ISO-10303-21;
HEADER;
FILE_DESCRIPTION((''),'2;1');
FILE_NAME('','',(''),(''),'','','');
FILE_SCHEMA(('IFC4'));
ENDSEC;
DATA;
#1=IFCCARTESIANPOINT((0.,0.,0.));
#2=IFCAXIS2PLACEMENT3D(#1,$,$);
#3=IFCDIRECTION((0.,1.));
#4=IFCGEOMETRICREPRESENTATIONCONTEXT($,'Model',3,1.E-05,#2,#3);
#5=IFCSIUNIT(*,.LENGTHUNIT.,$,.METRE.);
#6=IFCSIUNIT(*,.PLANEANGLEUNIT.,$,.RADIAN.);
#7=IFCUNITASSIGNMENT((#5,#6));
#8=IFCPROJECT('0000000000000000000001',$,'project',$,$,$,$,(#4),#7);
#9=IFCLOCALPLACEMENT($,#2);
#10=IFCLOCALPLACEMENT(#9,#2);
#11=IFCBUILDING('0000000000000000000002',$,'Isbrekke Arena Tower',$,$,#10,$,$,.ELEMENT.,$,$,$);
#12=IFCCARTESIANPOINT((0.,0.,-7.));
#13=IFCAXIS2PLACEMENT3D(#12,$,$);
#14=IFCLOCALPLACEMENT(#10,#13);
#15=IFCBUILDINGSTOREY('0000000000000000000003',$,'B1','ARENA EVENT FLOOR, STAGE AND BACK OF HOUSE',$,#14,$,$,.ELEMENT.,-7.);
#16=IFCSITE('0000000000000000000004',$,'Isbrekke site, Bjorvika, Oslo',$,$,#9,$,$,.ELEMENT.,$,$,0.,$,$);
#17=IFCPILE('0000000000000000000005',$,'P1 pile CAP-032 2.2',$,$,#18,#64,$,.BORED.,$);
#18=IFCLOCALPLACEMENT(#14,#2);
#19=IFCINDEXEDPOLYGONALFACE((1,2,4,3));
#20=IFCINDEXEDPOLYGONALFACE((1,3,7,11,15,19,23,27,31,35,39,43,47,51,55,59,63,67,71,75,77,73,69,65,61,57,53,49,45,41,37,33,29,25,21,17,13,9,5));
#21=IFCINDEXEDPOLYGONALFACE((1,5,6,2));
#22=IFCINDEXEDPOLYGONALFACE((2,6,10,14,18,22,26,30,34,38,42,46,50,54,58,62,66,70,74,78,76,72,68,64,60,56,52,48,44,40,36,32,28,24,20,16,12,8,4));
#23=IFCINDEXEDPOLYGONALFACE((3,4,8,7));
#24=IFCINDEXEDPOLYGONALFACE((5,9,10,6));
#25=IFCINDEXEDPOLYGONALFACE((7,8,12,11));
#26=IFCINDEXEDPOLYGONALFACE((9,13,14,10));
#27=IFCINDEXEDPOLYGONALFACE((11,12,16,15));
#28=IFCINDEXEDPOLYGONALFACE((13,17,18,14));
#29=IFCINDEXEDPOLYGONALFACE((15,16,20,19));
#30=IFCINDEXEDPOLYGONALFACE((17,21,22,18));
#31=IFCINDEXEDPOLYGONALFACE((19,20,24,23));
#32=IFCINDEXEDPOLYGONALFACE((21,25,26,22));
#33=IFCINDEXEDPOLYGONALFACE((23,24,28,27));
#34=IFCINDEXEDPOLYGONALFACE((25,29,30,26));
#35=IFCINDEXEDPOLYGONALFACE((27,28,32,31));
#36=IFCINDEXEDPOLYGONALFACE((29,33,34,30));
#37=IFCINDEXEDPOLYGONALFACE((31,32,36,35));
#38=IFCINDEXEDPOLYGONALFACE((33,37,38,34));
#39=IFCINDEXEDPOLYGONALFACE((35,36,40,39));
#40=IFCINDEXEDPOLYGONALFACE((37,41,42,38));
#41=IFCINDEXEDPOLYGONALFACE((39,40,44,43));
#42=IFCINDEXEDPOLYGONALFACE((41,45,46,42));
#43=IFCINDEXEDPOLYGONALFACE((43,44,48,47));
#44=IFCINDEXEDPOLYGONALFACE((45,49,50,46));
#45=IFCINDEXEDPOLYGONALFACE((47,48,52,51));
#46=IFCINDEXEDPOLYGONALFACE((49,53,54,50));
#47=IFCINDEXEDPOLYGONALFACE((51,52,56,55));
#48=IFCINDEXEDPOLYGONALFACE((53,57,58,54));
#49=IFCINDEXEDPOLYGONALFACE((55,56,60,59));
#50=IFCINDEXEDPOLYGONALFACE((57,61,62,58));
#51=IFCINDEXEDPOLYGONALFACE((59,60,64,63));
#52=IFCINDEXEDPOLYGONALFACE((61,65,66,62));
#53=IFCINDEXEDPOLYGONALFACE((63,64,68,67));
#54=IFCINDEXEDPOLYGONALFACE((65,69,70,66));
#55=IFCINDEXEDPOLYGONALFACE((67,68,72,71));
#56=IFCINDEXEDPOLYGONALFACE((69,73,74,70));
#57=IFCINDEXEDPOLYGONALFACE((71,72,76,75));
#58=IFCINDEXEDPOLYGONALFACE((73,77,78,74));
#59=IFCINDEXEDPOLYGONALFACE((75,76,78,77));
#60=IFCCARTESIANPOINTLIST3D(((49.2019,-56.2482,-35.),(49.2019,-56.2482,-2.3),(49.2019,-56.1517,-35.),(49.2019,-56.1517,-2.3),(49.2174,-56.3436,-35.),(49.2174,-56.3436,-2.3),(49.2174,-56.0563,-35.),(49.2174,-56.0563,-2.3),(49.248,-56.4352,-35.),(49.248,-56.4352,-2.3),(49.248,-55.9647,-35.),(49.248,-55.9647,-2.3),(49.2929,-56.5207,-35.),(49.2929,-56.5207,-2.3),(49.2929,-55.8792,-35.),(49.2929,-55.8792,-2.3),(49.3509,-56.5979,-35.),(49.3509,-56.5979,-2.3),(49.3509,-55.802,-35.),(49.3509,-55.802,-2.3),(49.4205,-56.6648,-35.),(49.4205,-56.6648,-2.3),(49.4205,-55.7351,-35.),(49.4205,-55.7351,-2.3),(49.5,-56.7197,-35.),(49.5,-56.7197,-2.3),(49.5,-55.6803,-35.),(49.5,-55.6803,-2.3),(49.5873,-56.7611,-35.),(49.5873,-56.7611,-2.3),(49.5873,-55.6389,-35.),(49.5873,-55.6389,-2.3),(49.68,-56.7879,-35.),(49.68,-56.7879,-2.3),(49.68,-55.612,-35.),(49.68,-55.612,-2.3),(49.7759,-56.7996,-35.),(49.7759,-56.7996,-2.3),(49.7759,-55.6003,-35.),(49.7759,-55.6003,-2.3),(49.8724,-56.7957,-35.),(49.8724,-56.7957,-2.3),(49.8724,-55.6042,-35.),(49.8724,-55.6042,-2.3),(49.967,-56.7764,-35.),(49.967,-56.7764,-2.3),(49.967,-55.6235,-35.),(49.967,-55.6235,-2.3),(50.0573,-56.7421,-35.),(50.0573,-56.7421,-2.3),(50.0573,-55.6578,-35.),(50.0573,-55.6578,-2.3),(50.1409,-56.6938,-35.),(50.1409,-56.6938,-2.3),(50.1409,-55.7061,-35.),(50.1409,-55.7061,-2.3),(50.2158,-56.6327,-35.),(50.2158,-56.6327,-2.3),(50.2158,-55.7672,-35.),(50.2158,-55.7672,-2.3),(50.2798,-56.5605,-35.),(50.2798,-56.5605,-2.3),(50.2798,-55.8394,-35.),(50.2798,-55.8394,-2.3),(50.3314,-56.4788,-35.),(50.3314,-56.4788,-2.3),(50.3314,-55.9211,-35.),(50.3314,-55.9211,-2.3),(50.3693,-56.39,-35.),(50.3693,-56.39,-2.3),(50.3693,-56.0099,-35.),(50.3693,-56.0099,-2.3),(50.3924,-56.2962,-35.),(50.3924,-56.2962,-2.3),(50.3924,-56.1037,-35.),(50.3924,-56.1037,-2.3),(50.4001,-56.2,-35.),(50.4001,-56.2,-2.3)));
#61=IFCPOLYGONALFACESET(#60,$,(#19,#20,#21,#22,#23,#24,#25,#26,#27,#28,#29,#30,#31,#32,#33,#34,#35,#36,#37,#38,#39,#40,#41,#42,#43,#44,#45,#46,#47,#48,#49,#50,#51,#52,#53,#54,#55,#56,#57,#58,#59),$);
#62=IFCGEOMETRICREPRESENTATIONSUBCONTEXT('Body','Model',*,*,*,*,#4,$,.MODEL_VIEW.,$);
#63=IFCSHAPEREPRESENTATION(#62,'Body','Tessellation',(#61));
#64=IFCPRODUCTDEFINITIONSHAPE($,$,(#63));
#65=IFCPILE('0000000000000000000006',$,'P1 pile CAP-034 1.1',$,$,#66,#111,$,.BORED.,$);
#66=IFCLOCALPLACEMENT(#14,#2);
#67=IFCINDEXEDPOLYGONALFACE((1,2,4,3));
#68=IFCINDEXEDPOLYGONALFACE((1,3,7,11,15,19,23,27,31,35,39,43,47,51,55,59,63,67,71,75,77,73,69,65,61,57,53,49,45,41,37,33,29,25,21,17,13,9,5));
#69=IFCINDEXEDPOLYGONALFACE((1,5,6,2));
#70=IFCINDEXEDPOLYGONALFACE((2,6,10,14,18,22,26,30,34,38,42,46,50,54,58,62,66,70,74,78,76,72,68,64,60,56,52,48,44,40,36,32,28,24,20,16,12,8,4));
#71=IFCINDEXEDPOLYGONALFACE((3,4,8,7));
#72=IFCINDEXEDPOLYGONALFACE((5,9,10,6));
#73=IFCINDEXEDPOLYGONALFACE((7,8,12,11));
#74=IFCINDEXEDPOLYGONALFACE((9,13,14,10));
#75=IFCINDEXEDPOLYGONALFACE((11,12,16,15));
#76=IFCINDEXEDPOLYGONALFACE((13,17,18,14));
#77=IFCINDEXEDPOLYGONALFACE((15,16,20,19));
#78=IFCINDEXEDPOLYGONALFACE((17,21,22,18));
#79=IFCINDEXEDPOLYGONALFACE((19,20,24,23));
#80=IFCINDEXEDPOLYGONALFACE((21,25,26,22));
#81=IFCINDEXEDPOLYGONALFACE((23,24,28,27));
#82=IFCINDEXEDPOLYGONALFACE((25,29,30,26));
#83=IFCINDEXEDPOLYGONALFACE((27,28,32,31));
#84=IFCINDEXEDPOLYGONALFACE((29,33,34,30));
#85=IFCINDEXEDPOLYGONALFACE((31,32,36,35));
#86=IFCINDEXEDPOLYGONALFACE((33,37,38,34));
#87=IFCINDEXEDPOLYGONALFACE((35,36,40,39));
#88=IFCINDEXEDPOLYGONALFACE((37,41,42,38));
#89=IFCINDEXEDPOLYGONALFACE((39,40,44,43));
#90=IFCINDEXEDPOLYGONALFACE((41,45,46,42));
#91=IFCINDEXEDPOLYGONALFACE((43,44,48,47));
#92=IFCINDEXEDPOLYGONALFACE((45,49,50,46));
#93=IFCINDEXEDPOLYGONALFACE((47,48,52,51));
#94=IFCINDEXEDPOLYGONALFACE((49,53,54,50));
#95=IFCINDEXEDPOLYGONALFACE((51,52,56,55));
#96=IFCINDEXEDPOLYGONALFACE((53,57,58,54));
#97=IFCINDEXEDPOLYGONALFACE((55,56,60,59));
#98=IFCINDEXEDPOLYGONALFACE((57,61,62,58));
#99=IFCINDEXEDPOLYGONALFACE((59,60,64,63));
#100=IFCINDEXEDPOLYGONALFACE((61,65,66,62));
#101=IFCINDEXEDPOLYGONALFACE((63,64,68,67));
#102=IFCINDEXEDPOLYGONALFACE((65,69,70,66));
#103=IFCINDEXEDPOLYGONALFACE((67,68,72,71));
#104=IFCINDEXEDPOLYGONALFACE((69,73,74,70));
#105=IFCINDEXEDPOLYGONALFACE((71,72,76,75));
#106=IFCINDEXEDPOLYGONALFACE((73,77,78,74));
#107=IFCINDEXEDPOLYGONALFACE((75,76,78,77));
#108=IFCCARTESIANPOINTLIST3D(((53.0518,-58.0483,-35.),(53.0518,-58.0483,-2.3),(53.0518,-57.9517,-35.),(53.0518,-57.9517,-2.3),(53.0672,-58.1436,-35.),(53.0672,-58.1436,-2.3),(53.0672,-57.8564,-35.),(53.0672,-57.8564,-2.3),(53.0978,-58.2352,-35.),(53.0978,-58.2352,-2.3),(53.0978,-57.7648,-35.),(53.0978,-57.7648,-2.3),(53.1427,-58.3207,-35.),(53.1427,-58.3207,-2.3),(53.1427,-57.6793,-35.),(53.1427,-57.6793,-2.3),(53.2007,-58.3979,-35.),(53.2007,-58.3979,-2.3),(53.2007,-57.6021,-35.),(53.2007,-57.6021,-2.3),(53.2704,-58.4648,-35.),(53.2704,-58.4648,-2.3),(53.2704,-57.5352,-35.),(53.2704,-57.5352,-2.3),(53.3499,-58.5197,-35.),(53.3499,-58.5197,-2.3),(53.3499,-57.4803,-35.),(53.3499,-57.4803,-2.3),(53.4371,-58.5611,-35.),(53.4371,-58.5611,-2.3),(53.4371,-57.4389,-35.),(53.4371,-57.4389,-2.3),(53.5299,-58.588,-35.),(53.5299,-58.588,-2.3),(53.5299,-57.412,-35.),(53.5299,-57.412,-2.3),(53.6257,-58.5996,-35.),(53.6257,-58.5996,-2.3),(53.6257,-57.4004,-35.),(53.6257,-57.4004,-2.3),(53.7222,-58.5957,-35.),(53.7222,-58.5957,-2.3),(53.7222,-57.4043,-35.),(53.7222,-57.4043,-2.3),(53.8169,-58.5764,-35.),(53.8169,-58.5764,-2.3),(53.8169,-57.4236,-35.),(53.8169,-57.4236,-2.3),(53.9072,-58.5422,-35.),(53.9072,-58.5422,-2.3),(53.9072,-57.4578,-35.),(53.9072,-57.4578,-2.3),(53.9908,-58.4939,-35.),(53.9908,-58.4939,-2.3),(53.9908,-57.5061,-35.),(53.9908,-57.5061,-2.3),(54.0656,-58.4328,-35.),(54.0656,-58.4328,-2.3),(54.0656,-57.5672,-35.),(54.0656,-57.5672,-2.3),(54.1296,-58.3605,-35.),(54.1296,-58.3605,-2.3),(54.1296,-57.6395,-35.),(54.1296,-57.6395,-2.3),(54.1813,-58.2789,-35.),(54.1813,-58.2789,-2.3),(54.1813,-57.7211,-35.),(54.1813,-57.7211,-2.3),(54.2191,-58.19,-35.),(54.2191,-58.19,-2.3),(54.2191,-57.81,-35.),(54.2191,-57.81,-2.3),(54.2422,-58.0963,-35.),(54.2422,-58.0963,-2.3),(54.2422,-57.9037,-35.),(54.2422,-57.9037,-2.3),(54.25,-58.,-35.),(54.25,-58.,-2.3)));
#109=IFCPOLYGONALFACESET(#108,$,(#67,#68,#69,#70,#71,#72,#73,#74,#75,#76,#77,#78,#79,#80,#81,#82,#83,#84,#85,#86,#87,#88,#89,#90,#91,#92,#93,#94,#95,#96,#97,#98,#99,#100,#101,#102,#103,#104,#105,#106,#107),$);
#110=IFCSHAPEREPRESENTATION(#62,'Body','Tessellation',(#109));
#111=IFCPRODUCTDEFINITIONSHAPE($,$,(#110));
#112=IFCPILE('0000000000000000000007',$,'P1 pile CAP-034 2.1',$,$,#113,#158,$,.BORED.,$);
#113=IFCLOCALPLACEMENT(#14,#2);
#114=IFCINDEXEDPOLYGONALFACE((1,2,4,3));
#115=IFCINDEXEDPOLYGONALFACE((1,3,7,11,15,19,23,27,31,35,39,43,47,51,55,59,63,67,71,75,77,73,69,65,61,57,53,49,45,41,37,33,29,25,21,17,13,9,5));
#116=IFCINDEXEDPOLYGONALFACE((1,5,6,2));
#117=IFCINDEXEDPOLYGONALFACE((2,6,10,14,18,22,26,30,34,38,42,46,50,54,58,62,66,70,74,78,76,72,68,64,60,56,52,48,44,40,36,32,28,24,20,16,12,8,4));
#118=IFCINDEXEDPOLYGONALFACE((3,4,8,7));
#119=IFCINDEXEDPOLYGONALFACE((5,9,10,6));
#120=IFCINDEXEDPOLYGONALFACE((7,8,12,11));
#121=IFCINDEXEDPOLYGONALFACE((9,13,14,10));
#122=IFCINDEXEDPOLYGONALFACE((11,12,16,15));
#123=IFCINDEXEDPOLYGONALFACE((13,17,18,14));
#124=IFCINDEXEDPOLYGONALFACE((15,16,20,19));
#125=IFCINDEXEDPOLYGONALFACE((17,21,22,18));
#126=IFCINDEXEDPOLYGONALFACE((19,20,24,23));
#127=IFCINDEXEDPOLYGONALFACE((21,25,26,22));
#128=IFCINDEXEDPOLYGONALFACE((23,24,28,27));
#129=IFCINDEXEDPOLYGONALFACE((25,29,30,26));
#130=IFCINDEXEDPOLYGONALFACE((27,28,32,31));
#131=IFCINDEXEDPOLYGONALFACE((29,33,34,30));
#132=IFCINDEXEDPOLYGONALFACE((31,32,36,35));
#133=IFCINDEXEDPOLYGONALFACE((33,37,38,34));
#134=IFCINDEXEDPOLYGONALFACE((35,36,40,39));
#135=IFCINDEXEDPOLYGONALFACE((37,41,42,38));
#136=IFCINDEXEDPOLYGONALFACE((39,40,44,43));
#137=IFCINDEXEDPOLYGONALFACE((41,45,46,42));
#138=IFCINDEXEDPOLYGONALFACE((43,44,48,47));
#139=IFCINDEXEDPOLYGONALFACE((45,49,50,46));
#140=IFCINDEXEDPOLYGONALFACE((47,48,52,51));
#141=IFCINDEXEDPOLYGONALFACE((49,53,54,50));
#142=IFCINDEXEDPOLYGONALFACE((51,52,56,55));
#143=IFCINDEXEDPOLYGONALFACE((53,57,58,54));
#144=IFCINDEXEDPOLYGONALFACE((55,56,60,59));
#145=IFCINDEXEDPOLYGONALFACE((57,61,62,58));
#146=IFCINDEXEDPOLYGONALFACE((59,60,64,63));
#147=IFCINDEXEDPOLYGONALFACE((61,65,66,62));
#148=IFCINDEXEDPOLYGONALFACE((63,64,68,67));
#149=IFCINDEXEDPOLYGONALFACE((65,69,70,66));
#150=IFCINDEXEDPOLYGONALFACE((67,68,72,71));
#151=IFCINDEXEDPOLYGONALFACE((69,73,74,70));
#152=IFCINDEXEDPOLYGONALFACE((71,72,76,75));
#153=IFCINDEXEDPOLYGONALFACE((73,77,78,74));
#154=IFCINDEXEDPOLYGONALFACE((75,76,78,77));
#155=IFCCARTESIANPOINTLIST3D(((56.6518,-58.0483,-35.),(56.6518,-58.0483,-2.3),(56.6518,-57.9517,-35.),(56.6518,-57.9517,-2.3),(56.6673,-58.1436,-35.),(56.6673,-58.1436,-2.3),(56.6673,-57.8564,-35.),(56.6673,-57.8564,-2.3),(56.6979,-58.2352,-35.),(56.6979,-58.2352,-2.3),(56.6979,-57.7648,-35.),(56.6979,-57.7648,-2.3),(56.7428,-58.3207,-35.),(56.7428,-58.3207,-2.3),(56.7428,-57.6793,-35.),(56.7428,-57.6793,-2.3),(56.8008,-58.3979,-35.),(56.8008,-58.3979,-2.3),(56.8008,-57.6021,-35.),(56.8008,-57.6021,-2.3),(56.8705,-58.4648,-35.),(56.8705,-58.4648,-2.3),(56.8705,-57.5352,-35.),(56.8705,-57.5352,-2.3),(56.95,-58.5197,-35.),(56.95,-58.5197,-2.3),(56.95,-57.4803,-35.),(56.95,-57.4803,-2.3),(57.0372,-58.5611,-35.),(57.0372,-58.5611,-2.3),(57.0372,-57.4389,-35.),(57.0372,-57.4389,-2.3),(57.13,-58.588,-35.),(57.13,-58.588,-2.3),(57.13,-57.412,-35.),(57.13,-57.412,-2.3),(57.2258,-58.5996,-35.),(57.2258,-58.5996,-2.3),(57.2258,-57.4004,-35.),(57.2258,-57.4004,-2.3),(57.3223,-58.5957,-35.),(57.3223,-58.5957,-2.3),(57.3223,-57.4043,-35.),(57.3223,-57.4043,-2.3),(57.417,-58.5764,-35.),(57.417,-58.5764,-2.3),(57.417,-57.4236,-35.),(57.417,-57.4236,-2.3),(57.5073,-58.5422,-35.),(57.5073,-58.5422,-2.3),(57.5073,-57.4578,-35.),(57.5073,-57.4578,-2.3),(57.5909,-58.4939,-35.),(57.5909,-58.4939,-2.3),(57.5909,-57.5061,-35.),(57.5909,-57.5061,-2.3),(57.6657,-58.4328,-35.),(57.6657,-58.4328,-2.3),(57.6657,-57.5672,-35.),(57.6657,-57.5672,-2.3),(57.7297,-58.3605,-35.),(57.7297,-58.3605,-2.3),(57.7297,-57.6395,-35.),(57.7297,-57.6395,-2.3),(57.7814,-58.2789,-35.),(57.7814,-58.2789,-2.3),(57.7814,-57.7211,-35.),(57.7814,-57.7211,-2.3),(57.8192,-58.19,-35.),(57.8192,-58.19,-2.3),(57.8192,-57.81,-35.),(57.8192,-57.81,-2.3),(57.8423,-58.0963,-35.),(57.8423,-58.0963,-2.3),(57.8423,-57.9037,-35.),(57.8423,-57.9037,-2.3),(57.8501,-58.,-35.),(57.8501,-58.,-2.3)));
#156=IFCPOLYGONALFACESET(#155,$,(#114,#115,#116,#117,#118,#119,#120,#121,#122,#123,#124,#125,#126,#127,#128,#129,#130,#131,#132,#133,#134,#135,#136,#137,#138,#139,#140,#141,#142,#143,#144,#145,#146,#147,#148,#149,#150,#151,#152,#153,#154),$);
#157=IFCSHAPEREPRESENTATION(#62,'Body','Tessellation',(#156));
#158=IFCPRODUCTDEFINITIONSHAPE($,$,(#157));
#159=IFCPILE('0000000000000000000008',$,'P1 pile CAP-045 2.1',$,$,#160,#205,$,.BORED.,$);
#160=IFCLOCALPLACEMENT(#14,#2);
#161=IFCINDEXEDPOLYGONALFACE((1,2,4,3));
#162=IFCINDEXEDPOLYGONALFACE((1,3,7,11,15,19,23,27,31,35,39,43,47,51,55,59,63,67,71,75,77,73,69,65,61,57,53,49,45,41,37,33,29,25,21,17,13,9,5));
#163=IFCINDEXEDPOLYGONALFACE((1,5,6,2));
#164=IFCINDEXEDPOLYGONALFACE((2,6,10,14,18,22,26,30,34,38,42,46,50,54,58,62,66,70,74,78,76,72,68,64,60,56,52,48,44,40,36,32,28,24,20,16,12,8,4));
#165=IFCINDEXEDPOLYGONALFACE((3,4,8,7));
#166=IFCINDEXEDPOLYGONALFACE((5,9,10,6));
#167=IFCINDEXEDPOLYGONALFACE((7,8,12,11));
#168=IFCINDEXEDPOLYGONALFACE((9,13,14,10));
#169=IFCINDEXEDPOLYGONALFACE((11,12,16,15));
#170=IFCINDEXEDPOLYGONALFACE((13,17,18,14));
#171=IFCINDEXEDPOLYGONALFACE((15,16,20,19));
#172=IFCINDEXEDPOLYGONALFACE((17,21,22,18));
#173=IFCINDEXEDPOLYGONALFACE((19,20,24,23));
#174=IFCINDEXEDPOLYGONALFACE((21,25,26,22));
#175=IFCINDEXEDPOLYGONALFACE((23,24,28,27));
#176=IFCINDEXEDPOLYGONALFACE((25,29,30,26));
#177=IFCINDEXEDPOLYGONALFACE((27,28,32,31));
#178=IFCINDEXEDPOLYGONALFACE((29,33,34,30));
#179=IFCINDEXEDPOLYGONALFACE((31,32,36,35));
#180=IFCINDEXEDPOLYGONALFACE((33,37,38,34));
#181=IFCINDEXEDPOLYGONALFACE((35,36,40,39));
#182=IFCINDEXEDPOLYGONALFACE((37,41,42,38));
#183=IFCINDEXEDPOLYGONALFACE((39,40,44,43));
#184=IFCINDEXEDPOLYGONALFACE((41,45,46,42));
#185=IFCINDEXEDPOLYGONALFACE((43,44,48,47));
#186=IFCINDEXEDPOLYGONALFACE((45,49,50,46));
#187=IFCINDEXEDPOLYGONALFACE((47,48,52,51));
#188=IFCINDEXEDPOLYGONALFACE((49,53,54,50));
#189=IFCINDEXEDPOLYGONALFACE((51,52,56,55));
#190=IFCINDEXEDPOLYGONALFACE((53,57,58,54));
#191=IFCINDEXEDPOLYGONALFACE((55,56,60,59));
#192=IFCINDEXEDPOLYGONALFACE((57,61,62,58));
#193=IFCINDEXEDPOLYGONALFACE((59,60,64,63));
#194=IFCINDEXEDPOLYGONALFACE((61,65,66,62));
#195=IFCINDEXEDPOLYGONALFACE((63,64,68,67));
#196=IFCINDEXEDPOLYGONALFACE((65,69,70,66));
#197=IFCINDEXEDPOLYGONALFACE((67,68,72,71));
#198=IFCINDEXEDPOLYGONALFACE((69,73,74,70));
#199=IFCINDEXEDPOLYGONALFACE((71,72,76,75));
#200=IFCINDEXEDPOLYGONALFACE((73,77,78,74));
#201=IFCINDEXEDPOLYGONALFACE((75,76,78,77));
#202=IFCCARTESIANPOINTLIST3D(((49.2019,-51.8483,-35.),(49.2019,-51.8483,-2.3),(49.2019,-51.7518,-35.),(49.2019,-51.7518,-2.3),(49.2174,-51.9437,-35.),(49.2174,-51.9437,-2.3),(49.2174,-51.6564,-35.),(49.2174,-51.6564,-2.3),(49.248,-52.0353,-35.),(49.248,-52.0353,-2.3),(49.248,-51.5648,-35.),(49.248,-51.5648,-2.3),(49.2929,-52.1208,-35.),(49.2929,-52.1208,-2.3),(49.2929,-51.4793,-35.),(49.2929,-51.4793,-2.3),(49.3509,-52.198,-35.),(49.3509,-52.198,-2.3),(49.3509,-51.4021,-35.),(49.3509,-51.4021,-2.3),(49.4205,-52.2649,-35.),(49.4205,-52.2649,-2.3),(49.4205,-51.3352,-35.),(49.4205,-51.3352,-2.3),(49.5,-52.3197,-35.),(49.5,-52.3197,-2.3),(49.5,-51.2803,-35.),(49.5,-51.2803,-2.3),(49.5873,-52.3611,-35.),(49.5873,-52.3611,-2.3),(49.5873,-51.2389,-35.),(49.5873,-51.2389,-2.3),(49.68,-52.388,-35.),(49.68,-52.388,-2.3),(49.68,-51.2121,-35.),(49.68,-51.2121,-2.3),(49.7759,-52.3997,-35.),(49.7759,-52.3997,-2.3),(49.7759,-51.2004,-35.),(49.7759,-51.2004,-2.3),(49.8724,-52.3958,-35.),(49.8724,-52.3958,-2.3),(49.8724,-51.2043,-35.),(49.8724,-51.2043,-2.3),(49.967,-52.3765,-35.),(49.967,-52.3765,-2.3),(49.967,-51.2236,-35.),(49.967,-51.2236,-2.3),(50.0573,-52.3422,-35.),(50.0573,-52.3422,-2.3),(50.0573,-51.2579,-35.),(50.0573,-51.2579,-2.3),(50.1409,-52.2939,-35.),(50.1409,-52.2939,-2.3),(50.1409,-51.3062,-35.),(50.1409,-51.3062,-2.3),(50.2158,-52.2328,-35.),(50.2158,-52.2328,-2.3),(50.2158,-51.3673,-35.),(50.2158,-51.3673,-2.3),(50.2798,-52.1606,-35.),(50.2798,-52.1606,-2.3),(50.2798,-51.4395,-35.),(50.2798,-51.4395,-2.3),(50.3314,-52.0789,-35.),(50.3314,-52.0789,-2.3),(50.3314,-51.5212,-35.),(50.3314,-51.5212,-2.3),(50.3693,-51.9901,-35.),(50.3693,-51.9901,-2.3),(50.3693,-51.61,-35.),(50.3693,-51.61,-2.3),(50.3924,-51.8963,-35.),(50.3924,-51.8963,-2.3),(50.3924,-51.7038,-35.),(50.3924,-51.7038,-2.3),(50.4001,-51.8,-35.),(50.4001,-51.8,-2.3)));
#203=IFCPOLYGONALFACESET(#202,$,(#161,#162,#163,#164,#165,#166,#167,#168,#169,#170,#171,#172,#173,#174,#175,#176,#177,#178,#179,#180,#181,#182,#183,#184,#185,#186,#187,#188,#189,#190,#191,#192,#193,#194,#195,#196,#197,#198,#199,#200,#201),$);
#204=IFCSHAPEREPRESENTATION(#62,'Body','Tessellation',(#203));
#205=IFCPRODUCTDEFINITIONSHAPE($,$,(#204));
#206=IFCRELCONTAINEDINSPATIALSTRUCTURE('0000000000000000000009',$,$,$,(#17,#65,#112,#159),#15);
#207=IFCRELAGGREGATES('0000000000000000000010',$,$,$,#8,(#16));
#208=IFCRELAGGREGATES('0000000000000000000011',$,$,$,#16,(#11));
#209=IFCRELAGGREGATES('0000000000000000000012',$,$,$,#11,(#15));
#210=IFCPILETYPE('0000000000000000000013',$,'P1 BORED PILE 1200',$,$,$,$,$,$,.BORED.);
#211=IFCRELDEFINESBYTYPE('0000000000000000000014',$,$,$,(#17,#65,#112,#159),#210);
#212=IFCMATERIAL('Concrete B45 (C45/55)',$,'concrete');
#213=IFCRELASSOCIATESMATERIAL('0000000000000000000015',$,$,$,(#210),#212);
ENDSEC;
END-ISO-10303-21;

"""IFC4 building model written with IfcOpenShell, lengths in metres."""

from ifc_helpers import new_model, si_unit, direction, frame, origin, origin_2d, place, context, subcontext, project, spatial, circle, extrude, material, material_profile, profile_set, type_object, element, save


model = new_model("IFC4")

# Units and contexts
model_context = context("Model", 3, precision=1e-05, world=origin(), true_north=direction((0.0, 1.0)))
body_context = subcontext(model_context, "Body", "Model", "MODEL_VIEW")
ifc_project = project(units=[si_unit("LENGTHUNIT", "METRE"), si_unit("PLANEANGLEUNIT", "RADIAN")], contexts=[model_context])

# Site, building, storey
site_placement = place(None, origin())
site = spatial("IfcSite", under=ifc_project, at=site_placement, Name="Isbrekke site, Bjorvika, Oslo", CompositionType="ELEMENT", RefElevation=0.0)
building_placement = place(site_placement, origin())
building = spatial("IfcBuilding", under=site, at=building_placement, Name="Isbrekke Arena Tower", CompositionType="ELEMENT")
storey_placement = place(building_placement, frame((0.0, 0.0, -7.0)))
storey = spatial("IfcBuildingStorey", under=building, at=storey_placement, Name="B1", Description="ARENA EVENT FLOOR, STAGE AND BACK OF HOUSE", CompositionType="ELEMENT", Elevation=-7.0)

# Piles
ifc_material_1 = material(Name="Concrete B45 (C45/55)", Category="concrete")
ifc_material_profile_1 = material_profile(ifc_material_1, circle(Radius=0.6001, at=origin_2d()), Name="BORED PILE D1200")
ifc_profile_set_1 = profile_set([ifc_material_profile_1], Name="Concrete B45 (C45/55)")
pile_type = type_object("IfcPileType", Name="P1 BORED PILE 1200", PredefinedType="BORED", material=ifc_profile_set_1)
for number, where, z_axis, x_axis, name in (
    (1, (49.8, -56.2, -2.3), (0.0, 0.0, -1.0), (1.0, 0.0, 0.0), "P1 pile CAP-032 2.2"),
    (2, (53.6499, -58.0, -2.3), (0.0, 0.0, -1.0), (1.0, 0.0, 0.0), "P1 pile CAP-034 1.1"),
    (3, (57.25, -58.0, -2.3), (0.0, 0.0, -1.0), (1.0, 0.0, 0.0), "P1 pile CAP-034 2.1"),
    (4, (49.8, -51.8, -2.3), (0.0, 0.0, -1.0), (1.0, 0.0, 0.0), "P1 pile CAP-045 2.1"),
):
    element("IfcPile", number, at=place(storey_placement, frame(where, z_axis=z_axis, x_axis=x_axis)), inside=storey, type_object=pile_type, Name=name, PredefinedType="BORED", context=body_context, shape_type="SweptSolid", body=[
        extrude(circle(Radius=0.6001, at=origin_2d()), origin(), (0.0, 0.0, 1.0), 32.7),
    ])

save(model, "model.ifc")
